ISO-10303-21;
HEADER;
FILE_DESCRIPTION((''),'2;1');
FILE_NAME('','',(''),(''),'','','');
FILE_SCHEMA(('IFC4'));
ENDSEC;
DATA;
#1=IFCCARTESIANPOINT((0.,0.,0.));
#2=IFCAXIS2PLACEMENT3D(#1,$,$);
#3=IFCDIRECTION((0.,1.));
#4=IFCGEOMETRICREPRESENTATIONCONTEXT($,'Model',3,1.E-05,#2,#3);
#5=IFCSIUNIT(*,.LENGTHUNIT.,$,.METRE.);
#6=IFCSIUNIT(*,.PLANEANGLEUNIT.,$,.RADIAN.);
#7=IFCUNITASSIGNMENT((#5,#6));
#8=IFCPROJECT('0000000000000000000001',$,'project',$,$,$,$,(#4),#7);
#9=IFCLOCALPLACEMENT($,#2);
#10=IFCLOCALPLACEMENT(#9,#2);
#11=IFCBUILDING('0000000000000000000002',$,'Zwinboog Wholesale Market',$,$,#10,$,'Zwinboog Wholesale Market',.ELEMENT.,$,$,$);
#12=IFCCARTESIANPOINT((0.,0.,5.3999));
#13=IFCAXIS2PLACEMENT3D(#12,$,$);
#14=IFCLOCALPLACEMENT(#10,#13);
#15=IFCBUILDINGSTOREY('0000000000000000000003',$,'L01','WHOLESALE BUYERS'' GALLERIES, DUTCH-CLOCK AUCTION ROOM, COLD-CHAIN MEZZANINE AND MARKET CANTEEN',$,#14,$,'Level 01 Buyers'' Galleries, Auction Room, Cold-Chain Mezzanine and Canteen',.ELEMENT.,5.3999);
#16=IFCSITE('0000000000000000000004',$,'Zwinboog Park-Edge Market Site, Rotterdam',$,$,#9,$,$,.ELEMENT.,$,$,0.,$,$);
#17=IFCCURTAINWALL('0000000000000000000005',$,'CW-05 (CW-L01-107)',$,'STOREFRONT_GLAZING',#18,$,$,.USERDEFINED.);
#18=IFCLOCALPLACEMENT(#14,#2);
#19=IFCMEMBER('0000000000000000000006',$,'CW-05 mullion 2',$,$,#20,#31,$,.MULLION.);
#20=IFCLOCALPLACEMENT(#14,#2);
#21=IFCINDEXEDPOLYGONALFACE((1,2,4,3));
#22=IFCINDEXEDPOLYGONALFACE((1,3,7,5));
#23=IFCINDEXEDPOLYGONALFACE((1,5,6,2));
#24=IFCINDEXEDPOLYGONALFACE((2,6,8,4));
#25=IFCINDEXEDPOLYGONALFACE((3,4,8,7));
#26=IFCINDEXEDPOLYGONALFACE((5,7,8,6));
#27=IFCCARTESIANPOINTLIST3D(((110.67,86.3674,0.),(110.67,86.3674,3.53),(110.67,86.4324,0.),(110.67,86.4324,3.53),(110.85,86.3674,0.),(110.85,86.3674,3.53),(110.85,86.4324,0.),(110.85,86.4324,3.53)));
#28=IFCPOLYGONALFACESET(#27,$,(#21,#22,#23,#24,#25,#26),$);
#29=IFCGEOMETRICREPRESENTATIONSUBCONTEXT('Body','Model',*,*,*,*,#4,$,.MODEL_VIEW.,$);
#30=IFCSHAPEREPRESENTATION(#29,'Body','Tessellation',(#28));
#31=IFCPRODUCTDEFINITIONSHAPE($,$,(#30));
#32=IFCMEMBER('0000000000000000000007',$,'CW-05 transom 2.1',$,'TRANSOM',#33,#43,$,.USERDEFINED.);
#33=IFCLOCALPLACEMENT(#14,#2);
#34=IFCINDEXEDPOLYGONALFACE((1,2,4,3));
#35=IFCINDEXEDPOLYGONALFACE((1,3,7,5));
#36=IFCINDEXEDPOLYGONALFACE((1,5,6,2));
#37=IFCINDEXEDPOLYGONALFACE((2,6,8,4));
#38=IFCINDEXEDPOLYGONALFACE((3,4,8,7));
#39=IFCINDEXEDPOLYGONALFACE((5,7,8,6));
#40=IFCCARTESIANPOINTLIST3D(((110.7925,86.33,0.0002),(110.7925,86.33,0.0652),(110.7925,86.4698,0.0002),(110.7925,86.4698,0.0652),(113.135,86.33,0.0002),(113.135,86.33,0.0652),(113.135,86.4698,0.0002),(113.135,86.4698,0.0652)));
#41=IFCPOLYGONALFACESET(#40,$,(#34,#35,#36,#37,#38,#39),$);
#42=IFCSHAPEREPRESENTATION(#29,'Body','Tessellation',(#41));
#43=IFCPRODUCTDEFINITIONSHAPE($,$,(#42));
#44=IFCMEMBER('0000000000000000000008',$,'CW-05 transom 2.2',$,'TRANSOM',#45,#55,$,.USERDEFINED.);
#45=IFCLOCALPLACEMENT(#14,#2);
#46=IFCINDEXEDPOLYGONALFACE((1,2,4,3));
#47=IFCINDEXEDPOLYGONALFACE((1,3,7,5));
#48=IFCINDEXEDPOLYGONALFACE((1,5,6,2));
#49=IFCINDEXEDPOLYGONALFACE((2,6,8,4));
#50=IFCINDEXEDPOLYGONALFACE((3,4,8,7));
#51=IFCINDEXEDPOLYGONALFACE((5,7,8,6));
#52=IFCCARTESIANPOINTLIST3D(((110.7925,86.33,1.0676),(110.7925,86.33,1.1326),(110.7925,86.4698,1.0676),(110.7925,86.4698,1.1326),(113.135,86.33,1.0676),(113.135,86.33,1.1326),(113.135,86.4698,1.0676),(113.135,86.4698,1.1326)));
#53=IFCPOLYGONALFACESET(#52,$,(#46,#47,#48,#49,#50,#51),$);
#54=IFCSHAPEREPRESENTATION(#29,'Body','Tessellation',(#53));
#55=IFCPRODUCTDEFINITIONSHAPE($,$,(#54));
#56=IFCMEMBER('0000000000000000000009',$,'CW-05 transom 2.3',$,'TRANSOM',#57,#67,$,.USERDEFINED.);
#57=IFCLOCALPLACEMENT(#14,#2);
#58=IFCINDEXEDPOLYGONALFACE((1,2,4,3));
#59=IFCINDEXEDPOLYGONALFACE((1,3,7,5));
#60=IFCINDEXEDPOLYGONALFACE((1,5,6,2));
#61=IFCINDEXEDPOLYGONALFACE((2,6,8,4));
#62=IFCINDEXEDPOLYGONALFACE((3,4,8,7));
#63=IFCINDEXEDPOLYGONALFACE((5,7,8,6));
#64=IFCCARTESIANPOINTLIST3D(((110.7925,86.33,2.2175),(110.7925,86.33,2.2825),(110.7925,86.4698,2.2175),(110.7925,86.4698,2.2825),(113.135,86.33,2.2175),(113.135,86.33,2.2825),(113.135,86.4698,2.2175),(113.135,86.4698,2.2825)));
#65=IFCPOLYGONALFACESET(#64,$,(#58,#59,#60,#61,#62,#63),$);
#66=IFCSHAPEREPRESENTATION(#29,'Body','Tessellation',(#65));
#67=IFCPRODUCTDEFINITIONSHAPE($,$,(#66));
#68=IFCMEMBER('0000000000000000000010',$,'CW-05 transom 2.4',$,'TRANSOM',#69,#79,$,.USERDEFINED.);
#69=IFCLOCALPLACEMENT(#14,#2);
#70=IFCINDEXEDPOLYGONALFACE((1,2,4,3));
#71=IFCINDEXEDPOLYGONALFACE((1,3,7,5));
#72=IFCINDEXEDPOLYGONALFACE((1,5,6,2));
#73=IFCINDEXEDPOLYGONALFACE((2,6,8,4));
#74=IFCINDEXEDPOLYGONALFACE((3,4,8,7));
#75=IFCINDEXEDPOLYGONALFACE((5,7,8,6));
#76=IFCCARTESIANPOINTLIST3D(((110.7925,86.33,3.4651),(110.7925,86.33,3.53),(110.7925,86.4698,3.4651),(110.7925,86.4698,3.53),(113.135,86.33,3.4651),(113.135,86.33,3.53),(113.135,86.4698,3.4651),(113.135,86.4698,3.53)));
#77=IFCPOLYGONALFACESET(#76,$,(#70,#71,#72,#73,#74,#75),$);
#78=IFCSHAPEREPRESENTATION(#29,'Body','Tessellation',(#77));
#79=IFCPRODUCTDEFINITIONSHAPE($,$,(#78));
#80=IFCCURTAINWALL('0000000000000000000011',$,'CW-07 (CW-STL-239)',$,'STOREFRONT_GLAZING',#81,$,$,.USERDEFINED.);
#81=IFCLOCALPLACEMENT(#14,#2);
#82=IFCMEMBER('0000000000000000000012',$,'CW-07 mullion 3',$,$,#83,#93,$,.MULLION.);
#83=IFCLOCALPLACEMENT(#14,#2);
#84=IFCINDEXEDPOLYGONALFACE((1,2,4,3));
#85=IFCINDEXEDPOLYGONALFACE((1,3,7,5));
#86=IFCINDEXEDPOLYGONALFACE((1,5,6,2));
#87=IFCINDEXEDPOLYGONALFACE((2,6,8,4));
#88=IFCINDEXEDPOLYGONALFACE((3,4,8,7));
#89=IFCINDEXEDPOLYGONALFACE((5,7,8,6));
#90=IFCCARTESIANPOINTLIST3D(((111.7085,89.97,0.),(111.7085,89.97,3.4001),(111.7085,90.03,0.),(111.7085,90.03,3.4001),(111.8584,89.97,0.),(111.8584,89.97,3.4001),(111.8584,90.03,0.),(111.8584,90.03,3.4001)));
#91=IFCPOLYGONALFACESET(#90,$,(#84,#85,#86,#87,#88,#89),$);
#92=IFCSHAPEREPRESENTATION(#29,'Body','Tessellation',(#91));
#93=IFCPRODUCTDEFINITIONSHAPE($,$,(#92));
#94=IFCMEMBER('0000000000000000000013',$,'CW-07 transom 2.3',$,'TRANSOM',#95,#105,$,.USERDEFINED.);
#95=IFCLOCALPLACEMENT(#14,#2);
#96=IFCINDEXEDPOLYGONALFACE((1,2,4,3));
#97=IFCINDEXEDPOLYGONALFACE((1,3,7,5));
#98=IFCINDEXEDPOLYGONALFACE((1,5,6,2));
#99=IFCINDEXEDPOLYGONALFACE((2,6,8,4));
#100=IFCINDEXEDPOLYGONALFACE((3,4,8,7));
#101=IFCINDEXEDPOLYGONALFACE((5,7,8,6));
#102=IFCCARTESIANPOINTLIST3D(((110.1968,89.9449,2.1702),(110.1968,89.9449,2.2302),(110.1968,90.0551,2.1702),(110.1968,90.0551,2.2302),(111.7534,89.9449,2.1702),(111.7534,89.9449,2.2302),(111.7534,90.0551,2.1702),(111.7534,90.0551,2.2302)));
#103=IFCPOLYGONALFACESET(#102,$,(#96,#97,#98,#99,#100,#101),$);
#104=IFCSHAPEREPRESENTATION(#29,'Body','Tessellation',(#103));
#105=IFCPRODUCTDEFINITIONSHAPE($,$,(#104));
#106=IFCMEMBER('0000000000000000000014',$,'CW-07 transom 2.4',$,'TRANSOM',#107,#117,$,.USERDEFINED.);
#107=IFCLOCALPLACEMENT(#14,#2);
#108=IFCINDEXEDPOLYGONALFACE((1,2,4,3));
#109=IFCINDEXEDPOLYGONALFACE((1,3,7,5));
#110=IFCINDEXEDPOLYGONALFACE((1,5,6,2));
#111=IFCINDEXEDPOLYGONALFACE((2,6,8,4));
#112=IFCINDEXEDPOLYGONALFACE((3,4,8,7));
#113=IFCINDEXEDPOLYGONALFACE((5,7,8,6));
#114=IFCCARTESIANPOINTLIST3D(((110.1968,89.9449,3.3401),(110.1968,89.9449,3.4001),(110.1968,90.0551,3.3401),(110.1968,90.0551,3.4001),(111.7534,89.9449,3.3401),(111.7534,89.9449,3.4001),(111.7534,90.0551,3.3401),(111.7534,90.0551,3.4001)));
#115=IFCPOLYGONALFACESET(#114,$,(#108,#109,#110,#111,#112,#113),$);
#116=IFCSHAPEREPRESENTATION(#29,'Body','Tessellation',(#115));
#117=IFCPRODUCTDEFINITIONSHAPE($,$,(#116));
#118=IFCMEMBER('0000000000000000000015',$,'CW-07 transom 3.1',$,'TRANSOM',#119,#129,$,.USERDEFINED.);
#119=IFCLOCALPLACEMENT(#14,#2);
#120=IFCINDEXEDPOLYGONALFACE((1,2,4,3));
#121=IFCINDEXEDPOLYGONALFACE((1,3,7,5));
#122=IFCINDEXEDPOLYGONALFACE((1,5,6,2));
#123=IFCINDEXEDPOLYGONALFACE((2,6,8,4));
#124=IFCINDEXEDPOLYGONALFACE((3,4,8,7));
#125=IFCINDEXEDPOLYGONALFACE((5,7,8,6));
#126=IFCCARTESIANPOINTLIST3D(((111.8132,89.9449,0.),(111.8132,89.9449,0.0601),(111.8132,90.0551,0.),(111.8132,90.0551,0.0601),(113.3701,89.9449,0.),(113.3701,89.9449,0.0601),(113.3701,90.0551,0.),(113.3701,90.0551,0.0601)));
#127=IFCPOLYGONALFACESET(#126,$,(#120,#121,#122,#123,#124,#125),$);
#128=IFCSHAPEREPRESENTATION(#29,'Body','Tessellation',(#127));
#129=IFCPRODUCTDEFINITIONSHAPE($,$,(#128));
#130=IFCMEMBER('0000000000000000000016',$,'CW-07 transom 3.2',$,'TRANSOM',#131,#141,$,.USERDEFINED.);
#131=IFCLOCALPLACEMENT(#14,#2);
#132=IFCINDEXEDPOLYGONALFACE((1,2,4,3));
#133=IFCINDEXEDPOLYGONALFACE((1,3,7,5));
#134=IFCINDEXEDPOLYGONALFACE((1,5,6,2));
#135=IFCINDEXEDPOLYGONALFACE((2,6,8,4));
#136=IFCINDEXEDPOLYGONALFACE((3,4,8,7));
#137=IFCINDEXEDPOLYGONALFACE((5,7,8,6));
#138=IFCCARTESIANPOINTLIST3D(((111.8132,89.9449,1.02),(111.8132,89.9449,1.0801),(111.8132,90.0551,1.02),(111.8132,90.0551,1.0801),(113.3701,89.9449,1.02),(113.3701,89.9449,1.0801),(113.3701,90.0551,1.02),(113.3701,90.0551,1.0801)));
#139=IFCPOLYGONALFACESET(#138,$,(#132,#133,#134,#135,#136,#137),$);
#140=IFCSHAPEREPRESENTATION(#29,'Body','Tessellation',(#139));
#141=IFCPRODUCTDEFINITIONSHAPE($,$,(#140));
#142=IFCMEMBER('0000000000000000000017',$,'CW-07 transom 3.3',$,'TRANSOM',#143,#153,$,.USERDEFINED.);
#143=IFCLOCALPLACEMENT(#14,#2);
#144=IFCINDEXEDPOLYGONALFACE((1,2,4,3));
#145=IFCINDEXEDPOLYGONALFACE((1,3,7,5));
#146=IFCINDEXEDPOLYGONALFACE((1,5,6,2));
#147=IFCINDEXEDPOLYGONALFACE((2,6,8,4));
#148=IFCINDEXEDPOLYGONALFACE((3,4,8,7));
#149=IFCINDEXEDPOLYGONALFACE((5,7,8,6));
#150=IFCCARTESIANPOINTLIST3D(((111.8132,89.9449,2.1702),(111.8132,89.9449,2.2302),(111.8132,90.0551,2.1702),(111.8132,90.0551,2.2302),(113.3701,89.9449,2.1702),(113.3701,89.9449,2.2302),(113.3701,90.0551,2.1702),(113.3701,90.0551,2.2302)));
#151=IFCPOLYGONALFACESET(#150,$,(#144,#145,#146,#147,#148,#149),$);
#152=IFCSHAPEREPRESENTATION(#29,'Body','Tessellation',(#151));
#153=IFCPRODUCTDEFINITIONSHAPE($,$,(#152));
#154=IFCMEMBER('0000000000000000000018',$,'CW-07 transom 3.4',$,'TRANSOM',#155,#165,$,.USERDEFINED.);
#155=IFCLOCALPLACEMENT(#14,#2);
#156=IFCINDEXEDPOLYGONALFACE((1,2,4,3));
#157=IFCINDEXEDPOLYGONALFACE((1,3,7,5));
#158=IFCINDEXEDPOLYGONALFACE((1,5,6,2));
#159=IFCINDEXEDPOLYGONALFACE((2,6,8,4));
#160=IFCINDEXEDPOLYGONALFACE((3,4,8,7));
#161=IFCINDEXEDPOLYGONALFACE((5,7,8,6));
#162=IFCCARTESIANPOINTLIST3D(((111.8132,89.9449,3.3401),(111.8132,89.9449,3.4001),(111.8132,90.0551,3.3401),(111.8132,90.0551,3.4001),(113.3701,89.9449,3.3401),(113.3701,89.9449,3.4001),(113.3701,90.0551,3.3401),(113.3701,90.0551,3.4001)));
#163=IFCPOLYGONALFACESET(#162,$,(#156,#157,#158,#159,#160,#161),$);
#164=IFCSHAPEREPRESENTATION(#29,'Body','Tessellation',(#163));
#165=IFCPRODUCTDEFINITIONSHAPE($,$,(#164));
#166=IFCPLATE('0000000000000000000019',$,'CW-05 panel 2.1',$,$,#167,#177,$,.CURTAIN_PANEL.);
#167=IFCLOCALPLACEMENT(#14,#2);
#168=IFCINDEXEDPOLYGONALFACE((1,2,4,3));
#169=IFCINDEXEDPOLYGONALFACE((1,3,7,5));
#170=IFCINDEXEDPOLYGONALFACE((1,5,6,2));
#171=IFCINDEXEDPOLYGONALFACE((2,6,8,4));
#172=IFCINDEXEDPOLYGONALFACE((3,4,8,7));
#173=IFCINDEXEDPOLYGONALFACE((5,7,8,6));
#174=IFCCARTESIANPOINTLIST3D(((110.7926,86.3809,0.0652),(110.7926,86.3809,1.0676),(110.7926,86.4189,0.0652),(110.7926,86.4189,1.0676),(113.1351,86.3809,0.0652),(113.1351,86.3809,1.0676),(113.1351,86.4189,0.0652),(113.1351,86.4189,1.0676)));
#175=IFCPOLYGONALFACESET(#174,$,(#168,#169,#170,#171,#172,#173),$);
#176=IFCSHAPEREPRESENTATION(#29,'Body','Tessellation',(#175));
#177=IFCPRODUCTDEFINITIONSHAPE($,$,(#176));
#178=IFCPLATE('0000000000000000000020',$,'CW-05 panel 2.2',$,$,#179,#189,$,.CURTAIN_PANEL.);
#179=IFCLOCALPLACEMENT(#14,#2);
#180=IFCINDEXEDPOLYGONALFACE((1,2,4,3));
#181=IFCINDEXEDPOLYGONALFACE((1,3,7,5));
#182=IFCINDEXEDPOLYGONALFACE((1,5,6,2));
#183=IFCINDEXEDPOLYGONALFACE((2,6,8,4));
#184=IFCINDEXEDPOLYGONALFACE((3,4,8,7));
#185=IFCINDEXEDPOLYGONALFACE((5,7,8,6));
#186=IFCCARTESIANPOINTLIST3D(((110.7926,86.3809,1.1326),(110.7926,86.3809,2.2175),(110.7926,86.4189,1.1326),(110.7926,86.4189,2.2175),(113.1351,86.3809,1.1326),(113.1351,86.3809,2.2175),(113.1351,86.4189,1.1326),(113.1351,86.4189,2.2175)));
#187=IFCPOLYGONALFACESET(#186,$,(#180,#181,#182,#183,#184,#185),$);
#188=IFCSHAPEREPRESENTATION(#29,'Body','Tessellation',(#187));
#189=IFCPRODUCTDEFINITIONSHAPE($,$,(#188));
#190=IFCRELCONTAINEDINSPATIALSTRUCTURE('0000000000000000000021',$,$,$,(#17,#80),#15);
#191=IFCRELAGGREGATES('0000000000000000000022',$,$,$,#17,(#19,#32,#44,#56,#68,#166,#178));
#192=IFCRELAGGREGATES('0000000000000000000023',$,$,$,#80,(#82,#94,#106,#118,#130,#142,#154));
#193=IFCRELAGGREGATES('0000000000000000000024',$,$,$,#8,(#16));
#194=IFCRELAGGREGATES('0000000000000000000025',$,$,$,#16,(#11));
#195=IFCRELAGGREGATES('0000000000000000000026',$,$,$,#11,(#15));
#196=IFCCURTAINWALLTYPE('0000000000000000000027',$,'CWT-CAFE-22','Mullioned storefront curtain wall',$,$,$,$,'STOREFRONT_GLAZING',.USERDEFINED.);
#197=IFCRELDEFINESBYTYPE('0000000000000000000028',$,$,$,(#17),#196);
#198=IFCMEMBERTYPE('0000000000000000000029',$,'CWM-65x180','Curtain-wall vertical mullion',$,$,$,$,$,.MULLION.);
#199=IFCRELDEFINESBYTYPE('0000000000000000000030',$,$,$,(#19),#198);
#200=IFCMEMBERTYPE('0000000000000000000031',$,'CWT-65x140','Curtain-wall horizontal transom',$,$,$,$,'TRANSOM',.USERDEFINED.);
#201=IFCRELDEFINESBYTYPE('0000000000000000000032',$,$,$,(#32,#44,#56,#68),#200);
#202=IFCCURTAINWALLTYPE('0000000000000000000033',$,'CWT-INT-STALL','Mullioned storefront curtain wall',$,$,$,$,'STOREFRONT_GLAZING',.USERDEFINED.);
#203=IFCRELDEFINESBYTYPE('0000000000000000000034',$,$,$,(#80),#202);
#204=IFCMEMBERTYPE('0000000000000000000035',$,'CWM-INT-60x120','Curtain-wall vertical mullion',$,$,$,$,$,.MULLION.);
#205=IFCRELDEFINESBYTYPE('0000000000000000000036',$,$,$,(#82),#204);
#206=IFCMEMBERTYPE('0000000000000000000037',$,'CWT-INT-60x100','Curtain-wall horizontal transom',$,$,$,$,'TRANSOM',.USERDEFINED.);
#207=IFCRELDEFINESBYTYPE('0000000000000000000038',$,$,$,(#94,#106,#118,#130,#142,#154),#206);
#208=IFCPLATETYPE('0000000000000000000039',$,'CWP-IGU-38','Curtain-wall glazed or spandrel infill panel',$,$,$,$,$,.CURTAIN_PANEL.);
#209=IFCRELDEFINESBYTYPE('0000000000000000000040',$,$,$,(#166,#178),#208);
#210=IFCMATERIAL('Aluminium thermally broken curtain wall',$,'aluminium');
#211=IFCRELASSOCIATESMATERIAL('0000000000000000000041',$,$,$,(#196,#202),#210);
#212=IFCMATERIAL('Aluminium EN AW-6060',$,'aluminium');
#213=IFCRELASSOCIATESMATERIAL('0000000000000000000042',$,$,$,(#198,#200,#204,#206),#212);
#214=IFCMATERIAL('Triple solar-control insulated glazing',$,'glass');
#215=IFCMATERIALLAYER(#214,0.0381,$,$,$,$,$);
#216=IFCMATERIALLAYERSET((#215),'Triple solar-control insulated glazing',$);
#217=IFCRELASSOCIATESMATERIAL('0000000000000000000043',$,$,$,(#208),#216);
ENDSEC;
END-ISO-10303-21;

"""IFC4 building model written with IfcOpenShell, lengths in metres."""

from ifc_helpers import new_model, si_unit, direction, frame, origin, origin_2d, place, context, subcontext, project, spatial, rectangle, extrude, material, layer, layer_set, material_profile, profile_set, type_object, element, aggregate, save


model = new_model("IFC4")

# Units and contexts
model_context = context("Model", 3, precision=1e-05, world=origin(), true_north=direction((0.0, 1.0)))
body_context = subcontext(model_context, "Body", "Model", "MODEL_VIEW")
ifc_project = project(units=[si_unit("LENGTHUNIT", "METRE"), si_unit("PLANEANGLEUNIT", "RADIAN")], contexts=[model_context])

# Site, building, storey
site_placement = place(None, origin())
site = spatial("IfcSite", under=ifc_project, at=site_placement, Name="Zwinboog Park-Edge Market Site, Rotterdam", CompositionType="ELEMENT", RefElevation=0.0)
building_placement = place(site_placement, origin())
building = spatial("IfcBuilding", under=site, at=building_placement, Name="Zwinboog Wholesale Market", LongName="Zwinboog Wholesale Market", CompositionType="ELEMENT")
storey_placement = place(building_placement, frame((0.0, 0.0, 5.3999)))
storey = spatial("IfcBuildingStorey", under=building, at=storey_placement, Name="L01", Description="WHOLESALE BUYERS' GALLERIES, DUTCH-CLOCK AUCTION ROOM, COLD-CHAIN MEZZANINE AND MARKET CANTEEN", LongName="Level 01 Buyers' Galleries, Auction Room, Cold-Chain Mezzanine and Canteen", CompositionType="ELEMENT", Elevation=5.3999)

# Curtain walls, members
ifc_material_1 = material(Name="Aluminium thermally broken curtain wall", Category="aluminium")
curtain_wall_type_1 = type_object("IfcCurtainWallType", Name="CWT-CAFE-22", Description="Mullioned storefront curtain wall", ElementType="STOREFRONT_GLAZING", PredefinedType="USERDEFINED", material=ifc_material_1)
curtain_wall_1_placement = place(storey_placement, origin())
curtain_wall_1 = element("IfcCurtainWall", 1, at=curtain_wall_1_placement, inside=storey, type_object=curtain_wall_type_1, Name="CW-05 (CW-L01-107)", ObjectType="STOREFRONT_GLAZING", PredefinedType="USERDEFINED")
ifc_material_2 = material(Name="Aluminium EN AW-6060", Category="aluminium")
ifc_material_profile_1 = material_profile(ifc_material_2, rectangle(XDim=0.0649, YDim=0.1799, at=origin_2d()), Name="AL 65x180")
ifc_profile_set_1 = profile_set([ifc_material_profile_1], Name="Aluminium EN AW-6060")
member_type_1 = type_object("IfcMemberType", Name="CWM-65x180", Description="Curtain-wall vertical mullion", PredefinedType="MULLION", material=ifc_profile_set_1)
member_1_placement = place(storey_placement, frame((110.76, 86.3999, 0.0), z_axis=(0.0, 0.0, 1.0), x_axis=(0.0, 1.0, 0.0)))
member_1 = element("IfcMember", 2, at=member_1_placement, type_object=member_type_1, Name="CW-05 mullion 2", PredefinedType="MULLION", context=body_context, shape_type="SweptSolid", body=[
    extrude(rectangle(XDim=0.0649, YDim=0.1799, at=origin_2d()), origin(), (0.0, 0.0, 1.0), 3.53),
])
ifc_material_profile_2 = material_profile(ifc_material_2, rectangle(XDim=0.1399, YDim=0.0649, at=origin_2d()), Name="AL 65x140")
ifc_profile_set_2 = profile_set([ifc_material_profile_2], Name="Aluminium EN AW-6060")
member_type_2 = type_object("IfcMemberType", Name="CWT-65x140", Description="Curtain-wall horizontal transom", ElementType="TRANSOM", PredefinedType="USERDEFINED", material=ifc_profile_set_2)
member_2_placement = place(storey_placement, frame((110.7925, 86.3999, 0.0327), z_axis=(1.0, 0.0, 0.0), x_axis=(0.0, 1.0, 0.0)))
member_2 = element("IfcMember", 3, at=member_2_placement, type_object=member_type_2, Name="CW-05 transom 2.1", ObjectType="TRANSOM", PredefinedType="USERDEFINED", context=body_context, shape_type="SweptSolid", body=[
    extrude(rectangle(XDim=0.1399, YDim=0.0649, at=origin_2d()), origin(), (0.0, 0.0, 1.0), 2.3425),
])
member_3_placement = place(storey_placement, frame((110.7925, 86.3999, 1.1001), z_axis=(1.0, 0.0, 0.0), x_axis=(0.0, 1.0, 0.0)))
member_3 = element("IfcMember", 4, at=member_3_placement, type_object=member_type_2, Name="CW-05 transom 2.2", ObjectType="TRANSOM", PredefinedType="USERDEFINED", context=body_context, shape_type="SweptSolid", body=[
    extrude(rectangle(XDim=0.1399, YDim=0.0649, at=origin_2d()), origin(), (0.0, 0.0, 1.0), 2.3425),
])
member_4_placement = place(storey_placement, frame((110.7925, 86.3999, 2.25), z_axis=(1.0, 0.0, 0.0), x_axis=(0.0, 1.0, 0.0)))
member_4 = element("IfcMember", 5, at=member_4_placement, type_object=member_type_2, Name="CW-05 transom 2.3", ObjectType="TRANSOM", PredefinedType="USERDEFINED", context=body_context, shape_type="SweptSolid", body=[
    extrude(rectangle(XDim=0.1399, YDim=0.0649, at=origin_2d()), origin(), (0.0, 0.0, 1.0), 2.3425),
])
member_5_placement = place(storey_placement, frame((110.7925, 86.3999, 3.4976), z_axis=(1.0, 0.0, 0.0), x_axis=(0.0, 1.0, 0.0)))
member_5 = element("IfcMember", 6, at=member_5_placement, type_object=member_type_2, Name="CW-05 transom 2.4", ObjectType="TRANSOM", PredefinedType="USERDEFINED", context=body_context, shape_type="SweptSolid", body=[
    extrude(rectangle(XDim=0.1399, YDim=0.0649, at=origin_2d()), origin(), (0.0, 0.0, 1.0), 2.3425),
])
curtain_wall_type_2 = type_object("IfcCurtainWallType", Name="CWT-INT-STALL", Description="Mullioned storefront curtain wall", ElementType="STOREFRONT_GLAZING", PredefinedType="USERDEFINED", material=ifc_material_1)
curtain_wall_2_placement = place(storey_placement, origin())
curtain_wall_2 = element("IfcCurtainWall", 7, at=curtain_wall_2_placement, inside=storey, type_object=curtain_wall_type_2, Name="CW-07 (CW-STL-239)", ObjectType="STOREFRONT_GLAZING", PredefinedType="USERDEFINED")
ifc_material_profile_3 = material_profile(ifc_material_2, rectangle(XDim=0.0601, YDim=0.1499, at=origin_2d()), Name="AL 60x150")
ifc_profile_set_3 = profile_set([ifc_material_profile_3], Name="Aluminium EN AW-6060")
member_type_3 = type_object("IfcMemberType", Name="CWM-INT-60x120", Description="Curtain-wall vertical mullion", PredefinedType="MULLION", material=ifc_profile_set_3)
member_6_placement = place(storey_placement, frame((111.7834, 90.0, 0.0), z_axis=(0.0, 0.0, 1.0), x_axis=(0.0, 1.0, 0.0)))
member_6 = element("IfcMember", 8, at=member_6_placement, type_object=member_type_3, Name="CW-07 mullion 3", PredefinedType="MULLION", context=body_context, shape_type="SweptSolid", body=[
    extrude(rectangle(XDim=0.0601, YDim=0.1499, at=origin_2d()), origin(), (0.0, 0.0, 1.0), 3.4001),
])
ifc_material_profile_4 = material_profile(ifc_material_2, rectangle(XDim=0.1101, YDim=0.0601, at=origin_2d()), Name="AL 60x110")
ifc_profile_set_4 = profile_set([ifc_material_profile_4], Name="Aluminium EN AW-6060")
member_type_4 = type_object("IfcMemberType", Name="CWT-INT-60x100", Description="Curtain-wall horizontal transom", ElementType="TRANSOM", PredefinedType="USERDEFINED", material=ifc_profile_set_4)
member_7_placement = place(storey_placement, frame((110.1968, 90.0, 2.2002), z_axis=(1.0, 0.0, 0.0), x_axis=(0.0, 1.0, 0.0)))
member_7 = element("IfcMember", 9, at=member_7_placement, type_object=member_type_4, Name="CW-07 transom 2.3", ObjectType="TRANSOM", PredefinedType="USERDEFINED", context=body_context, shape_type="SweptSolid", body=[
    extrude(rectangle(XDim=0.1101, YDim=0.0601, at=origin_2d()), origin(), (0.0, 0.0, 1.0), 1.5566),
])
member_8_placement = place(storey_placement, frame((110.1968, 90.0, 3.3701), z_axis=(1.0, 0.0, 0.0), x_axis=(0.0, 1.0, 0.0)))
member_8 = element("IfcMember", 10, at=member_8_placement, type_object=member_type_4, Name="CW-07 transom 2.4", ObjectType="TRANSOM", PredefinedType="USERDEFINED", context=body_context, shape_type="SweptSolid", body=[
    extrude(rectangle(XDim=0.1101, YDim=0.0601, at=origin_2d()), origin(), (0.0, 0.0, 1.0), 1.5566),
])
member_9_placement = place(storey_placement, frame((111.8132, 90.0, 0.03), z_axis=(1.0, 0.0, 0.0), x_axis=(0.0, 1.0, 0.0)))
member_9 = element("IfcMember", 11, at=member_9_placement, type_object=member_type_4, Name="CW-07 transom 3.1", ObjectType="TRANSOM", PredefinedType="USERDEFINED", context=body_context, shape_type="SweptSolid", body=[
    extrude(rectangle(XDim=0.1101, YDim=0.0601, at=origin_2d()), origin(), (0.0, 0.0, 1.0), 1.5569),
])
member_10_placement = place(storey_placement, frame((111.8132, 90.0, 1.05), z_axis=(1.0, 0.0, 0.0), x_axis=(0.0, 1.0, 0.0)))
member_10 = element("IfcMember", 12, at=member_10_placement, type_object=member_type_4, Name="CW-07 transom 3.2", ObjectType="TRANSOM", PredefinedType="USERDEFINED", context=body_context, shape_type="SweptSolid", body=[
    extrude(rectangle(XDim=0.1101, YDim=0.0601, at=origin_2d()), origin(), (0.0, 0.0, 1.0), 1.5569),
])
member_11_placement = place(storey_placement, frame((111.8132, 90.0, 2.2002), z_axis=(1.0, 0.0, 0.0), x_axis=(0.0, 1.0, 0.0)))
member_11 = element("IfcMember", 13, at=member_11_placement, type_object=member_type_4, Name="CW-07 transom 3.3", ObjectType="TRANSOM", PredefinedType="USERDEFINED", context=body_context, shape_type="SweptSolid", body=[
    extrude(rectangle(XDim=0.1101, YDim=0.0601, at=origin_2d()), origin(), (0.0, 0.0, 1.0), 1.5569),
])
member_12_placement = place(storey_placement, frame((111.8132, 90.0, 3.3701), z_axis=(1.0, 0.0, 0.0), x_axis=(0.0, 1.0, 0.0)))
member_12 = element("IfcMember", 14, at=member_12_placement, type_object=member_type_4, Name="CW-07 transom 3.4", ObjectType="TRANSOM", PredefinedType="USERDEFINED", context=body_context, shape_type="SweptSolid", body=[
    extrude(rectangle(XDim=0.1101, YDim=0.0601, at=origin_2d()), origin(), (0.0, 0.0, 1.0), 1.5569),
])

# Plates
ifc_material_3 = material(Name="Triple solar-control insulated glazing", Category="glass")
ifc_layer_1 = layer(ifc_material_3, 0.0381)
ifc_layer_set_1 = layer_set([ifc_layer_1], Name="Triple solar-control insulated glazing")
plate_type_1 = type_object("IfcPlateType", Name="CWP-IGU-38", Description="Curtain-wall glazed or spandrel infill panel", PredefinedType="CURTAIN_PANEL", material=ifc_layer_set_1)
plate_1_placement = place(storey_placement, frame((111.9639, 86.3999, 0.0652), z_axis=(0.0, 0.0, 1.0), x_axis=(1.0, 0.0, 0.0)))
plate_1 = element("IfcPlate", 15, at=plate_1_placement, type_object=plate_type_1, Name="CW-05 panel 2.1", PredefinedType="CURTAIN_PANEL", context=body_context, shape_type="SweptSolid", body=[
    extrude(rectangle(XDim=2.3425, YDim=0.0381, at=origin_2d()), origin(), (0.0, 0.0, 1.0), 1.0024),
])
plate_2_placement = place(storey_placement, frame((111.9639, 86.3999, 1.1326), z_axis=(0.0, 0.0, 1.0), x_axis=(1.0, 0.0, 0.0)))
plate_2 = element("IfcPlate", 16, at=plate_2_placement, type_object=plate_type_1, Name="CW-05 panel 2.2", PredefinedType="CURTAIN_PANEL", context=body_context, shape_type="SweptSolid", body=[
    extrude(rectangle(XDim=2.3425, YDim=0.0381, at=origin_2d()), origin(), (0.0, 0.0, 1.0), 1.085),
])
aggregate(curtain_wall_1, [member_1, member_2, member_3, member_4, member_5, plate_1, plate_2])
aggregate(curtain_wall_2, [member_6, member_7, member_8, member_9, member_10, member_11, member_12])

save(model, "model.ifc")
